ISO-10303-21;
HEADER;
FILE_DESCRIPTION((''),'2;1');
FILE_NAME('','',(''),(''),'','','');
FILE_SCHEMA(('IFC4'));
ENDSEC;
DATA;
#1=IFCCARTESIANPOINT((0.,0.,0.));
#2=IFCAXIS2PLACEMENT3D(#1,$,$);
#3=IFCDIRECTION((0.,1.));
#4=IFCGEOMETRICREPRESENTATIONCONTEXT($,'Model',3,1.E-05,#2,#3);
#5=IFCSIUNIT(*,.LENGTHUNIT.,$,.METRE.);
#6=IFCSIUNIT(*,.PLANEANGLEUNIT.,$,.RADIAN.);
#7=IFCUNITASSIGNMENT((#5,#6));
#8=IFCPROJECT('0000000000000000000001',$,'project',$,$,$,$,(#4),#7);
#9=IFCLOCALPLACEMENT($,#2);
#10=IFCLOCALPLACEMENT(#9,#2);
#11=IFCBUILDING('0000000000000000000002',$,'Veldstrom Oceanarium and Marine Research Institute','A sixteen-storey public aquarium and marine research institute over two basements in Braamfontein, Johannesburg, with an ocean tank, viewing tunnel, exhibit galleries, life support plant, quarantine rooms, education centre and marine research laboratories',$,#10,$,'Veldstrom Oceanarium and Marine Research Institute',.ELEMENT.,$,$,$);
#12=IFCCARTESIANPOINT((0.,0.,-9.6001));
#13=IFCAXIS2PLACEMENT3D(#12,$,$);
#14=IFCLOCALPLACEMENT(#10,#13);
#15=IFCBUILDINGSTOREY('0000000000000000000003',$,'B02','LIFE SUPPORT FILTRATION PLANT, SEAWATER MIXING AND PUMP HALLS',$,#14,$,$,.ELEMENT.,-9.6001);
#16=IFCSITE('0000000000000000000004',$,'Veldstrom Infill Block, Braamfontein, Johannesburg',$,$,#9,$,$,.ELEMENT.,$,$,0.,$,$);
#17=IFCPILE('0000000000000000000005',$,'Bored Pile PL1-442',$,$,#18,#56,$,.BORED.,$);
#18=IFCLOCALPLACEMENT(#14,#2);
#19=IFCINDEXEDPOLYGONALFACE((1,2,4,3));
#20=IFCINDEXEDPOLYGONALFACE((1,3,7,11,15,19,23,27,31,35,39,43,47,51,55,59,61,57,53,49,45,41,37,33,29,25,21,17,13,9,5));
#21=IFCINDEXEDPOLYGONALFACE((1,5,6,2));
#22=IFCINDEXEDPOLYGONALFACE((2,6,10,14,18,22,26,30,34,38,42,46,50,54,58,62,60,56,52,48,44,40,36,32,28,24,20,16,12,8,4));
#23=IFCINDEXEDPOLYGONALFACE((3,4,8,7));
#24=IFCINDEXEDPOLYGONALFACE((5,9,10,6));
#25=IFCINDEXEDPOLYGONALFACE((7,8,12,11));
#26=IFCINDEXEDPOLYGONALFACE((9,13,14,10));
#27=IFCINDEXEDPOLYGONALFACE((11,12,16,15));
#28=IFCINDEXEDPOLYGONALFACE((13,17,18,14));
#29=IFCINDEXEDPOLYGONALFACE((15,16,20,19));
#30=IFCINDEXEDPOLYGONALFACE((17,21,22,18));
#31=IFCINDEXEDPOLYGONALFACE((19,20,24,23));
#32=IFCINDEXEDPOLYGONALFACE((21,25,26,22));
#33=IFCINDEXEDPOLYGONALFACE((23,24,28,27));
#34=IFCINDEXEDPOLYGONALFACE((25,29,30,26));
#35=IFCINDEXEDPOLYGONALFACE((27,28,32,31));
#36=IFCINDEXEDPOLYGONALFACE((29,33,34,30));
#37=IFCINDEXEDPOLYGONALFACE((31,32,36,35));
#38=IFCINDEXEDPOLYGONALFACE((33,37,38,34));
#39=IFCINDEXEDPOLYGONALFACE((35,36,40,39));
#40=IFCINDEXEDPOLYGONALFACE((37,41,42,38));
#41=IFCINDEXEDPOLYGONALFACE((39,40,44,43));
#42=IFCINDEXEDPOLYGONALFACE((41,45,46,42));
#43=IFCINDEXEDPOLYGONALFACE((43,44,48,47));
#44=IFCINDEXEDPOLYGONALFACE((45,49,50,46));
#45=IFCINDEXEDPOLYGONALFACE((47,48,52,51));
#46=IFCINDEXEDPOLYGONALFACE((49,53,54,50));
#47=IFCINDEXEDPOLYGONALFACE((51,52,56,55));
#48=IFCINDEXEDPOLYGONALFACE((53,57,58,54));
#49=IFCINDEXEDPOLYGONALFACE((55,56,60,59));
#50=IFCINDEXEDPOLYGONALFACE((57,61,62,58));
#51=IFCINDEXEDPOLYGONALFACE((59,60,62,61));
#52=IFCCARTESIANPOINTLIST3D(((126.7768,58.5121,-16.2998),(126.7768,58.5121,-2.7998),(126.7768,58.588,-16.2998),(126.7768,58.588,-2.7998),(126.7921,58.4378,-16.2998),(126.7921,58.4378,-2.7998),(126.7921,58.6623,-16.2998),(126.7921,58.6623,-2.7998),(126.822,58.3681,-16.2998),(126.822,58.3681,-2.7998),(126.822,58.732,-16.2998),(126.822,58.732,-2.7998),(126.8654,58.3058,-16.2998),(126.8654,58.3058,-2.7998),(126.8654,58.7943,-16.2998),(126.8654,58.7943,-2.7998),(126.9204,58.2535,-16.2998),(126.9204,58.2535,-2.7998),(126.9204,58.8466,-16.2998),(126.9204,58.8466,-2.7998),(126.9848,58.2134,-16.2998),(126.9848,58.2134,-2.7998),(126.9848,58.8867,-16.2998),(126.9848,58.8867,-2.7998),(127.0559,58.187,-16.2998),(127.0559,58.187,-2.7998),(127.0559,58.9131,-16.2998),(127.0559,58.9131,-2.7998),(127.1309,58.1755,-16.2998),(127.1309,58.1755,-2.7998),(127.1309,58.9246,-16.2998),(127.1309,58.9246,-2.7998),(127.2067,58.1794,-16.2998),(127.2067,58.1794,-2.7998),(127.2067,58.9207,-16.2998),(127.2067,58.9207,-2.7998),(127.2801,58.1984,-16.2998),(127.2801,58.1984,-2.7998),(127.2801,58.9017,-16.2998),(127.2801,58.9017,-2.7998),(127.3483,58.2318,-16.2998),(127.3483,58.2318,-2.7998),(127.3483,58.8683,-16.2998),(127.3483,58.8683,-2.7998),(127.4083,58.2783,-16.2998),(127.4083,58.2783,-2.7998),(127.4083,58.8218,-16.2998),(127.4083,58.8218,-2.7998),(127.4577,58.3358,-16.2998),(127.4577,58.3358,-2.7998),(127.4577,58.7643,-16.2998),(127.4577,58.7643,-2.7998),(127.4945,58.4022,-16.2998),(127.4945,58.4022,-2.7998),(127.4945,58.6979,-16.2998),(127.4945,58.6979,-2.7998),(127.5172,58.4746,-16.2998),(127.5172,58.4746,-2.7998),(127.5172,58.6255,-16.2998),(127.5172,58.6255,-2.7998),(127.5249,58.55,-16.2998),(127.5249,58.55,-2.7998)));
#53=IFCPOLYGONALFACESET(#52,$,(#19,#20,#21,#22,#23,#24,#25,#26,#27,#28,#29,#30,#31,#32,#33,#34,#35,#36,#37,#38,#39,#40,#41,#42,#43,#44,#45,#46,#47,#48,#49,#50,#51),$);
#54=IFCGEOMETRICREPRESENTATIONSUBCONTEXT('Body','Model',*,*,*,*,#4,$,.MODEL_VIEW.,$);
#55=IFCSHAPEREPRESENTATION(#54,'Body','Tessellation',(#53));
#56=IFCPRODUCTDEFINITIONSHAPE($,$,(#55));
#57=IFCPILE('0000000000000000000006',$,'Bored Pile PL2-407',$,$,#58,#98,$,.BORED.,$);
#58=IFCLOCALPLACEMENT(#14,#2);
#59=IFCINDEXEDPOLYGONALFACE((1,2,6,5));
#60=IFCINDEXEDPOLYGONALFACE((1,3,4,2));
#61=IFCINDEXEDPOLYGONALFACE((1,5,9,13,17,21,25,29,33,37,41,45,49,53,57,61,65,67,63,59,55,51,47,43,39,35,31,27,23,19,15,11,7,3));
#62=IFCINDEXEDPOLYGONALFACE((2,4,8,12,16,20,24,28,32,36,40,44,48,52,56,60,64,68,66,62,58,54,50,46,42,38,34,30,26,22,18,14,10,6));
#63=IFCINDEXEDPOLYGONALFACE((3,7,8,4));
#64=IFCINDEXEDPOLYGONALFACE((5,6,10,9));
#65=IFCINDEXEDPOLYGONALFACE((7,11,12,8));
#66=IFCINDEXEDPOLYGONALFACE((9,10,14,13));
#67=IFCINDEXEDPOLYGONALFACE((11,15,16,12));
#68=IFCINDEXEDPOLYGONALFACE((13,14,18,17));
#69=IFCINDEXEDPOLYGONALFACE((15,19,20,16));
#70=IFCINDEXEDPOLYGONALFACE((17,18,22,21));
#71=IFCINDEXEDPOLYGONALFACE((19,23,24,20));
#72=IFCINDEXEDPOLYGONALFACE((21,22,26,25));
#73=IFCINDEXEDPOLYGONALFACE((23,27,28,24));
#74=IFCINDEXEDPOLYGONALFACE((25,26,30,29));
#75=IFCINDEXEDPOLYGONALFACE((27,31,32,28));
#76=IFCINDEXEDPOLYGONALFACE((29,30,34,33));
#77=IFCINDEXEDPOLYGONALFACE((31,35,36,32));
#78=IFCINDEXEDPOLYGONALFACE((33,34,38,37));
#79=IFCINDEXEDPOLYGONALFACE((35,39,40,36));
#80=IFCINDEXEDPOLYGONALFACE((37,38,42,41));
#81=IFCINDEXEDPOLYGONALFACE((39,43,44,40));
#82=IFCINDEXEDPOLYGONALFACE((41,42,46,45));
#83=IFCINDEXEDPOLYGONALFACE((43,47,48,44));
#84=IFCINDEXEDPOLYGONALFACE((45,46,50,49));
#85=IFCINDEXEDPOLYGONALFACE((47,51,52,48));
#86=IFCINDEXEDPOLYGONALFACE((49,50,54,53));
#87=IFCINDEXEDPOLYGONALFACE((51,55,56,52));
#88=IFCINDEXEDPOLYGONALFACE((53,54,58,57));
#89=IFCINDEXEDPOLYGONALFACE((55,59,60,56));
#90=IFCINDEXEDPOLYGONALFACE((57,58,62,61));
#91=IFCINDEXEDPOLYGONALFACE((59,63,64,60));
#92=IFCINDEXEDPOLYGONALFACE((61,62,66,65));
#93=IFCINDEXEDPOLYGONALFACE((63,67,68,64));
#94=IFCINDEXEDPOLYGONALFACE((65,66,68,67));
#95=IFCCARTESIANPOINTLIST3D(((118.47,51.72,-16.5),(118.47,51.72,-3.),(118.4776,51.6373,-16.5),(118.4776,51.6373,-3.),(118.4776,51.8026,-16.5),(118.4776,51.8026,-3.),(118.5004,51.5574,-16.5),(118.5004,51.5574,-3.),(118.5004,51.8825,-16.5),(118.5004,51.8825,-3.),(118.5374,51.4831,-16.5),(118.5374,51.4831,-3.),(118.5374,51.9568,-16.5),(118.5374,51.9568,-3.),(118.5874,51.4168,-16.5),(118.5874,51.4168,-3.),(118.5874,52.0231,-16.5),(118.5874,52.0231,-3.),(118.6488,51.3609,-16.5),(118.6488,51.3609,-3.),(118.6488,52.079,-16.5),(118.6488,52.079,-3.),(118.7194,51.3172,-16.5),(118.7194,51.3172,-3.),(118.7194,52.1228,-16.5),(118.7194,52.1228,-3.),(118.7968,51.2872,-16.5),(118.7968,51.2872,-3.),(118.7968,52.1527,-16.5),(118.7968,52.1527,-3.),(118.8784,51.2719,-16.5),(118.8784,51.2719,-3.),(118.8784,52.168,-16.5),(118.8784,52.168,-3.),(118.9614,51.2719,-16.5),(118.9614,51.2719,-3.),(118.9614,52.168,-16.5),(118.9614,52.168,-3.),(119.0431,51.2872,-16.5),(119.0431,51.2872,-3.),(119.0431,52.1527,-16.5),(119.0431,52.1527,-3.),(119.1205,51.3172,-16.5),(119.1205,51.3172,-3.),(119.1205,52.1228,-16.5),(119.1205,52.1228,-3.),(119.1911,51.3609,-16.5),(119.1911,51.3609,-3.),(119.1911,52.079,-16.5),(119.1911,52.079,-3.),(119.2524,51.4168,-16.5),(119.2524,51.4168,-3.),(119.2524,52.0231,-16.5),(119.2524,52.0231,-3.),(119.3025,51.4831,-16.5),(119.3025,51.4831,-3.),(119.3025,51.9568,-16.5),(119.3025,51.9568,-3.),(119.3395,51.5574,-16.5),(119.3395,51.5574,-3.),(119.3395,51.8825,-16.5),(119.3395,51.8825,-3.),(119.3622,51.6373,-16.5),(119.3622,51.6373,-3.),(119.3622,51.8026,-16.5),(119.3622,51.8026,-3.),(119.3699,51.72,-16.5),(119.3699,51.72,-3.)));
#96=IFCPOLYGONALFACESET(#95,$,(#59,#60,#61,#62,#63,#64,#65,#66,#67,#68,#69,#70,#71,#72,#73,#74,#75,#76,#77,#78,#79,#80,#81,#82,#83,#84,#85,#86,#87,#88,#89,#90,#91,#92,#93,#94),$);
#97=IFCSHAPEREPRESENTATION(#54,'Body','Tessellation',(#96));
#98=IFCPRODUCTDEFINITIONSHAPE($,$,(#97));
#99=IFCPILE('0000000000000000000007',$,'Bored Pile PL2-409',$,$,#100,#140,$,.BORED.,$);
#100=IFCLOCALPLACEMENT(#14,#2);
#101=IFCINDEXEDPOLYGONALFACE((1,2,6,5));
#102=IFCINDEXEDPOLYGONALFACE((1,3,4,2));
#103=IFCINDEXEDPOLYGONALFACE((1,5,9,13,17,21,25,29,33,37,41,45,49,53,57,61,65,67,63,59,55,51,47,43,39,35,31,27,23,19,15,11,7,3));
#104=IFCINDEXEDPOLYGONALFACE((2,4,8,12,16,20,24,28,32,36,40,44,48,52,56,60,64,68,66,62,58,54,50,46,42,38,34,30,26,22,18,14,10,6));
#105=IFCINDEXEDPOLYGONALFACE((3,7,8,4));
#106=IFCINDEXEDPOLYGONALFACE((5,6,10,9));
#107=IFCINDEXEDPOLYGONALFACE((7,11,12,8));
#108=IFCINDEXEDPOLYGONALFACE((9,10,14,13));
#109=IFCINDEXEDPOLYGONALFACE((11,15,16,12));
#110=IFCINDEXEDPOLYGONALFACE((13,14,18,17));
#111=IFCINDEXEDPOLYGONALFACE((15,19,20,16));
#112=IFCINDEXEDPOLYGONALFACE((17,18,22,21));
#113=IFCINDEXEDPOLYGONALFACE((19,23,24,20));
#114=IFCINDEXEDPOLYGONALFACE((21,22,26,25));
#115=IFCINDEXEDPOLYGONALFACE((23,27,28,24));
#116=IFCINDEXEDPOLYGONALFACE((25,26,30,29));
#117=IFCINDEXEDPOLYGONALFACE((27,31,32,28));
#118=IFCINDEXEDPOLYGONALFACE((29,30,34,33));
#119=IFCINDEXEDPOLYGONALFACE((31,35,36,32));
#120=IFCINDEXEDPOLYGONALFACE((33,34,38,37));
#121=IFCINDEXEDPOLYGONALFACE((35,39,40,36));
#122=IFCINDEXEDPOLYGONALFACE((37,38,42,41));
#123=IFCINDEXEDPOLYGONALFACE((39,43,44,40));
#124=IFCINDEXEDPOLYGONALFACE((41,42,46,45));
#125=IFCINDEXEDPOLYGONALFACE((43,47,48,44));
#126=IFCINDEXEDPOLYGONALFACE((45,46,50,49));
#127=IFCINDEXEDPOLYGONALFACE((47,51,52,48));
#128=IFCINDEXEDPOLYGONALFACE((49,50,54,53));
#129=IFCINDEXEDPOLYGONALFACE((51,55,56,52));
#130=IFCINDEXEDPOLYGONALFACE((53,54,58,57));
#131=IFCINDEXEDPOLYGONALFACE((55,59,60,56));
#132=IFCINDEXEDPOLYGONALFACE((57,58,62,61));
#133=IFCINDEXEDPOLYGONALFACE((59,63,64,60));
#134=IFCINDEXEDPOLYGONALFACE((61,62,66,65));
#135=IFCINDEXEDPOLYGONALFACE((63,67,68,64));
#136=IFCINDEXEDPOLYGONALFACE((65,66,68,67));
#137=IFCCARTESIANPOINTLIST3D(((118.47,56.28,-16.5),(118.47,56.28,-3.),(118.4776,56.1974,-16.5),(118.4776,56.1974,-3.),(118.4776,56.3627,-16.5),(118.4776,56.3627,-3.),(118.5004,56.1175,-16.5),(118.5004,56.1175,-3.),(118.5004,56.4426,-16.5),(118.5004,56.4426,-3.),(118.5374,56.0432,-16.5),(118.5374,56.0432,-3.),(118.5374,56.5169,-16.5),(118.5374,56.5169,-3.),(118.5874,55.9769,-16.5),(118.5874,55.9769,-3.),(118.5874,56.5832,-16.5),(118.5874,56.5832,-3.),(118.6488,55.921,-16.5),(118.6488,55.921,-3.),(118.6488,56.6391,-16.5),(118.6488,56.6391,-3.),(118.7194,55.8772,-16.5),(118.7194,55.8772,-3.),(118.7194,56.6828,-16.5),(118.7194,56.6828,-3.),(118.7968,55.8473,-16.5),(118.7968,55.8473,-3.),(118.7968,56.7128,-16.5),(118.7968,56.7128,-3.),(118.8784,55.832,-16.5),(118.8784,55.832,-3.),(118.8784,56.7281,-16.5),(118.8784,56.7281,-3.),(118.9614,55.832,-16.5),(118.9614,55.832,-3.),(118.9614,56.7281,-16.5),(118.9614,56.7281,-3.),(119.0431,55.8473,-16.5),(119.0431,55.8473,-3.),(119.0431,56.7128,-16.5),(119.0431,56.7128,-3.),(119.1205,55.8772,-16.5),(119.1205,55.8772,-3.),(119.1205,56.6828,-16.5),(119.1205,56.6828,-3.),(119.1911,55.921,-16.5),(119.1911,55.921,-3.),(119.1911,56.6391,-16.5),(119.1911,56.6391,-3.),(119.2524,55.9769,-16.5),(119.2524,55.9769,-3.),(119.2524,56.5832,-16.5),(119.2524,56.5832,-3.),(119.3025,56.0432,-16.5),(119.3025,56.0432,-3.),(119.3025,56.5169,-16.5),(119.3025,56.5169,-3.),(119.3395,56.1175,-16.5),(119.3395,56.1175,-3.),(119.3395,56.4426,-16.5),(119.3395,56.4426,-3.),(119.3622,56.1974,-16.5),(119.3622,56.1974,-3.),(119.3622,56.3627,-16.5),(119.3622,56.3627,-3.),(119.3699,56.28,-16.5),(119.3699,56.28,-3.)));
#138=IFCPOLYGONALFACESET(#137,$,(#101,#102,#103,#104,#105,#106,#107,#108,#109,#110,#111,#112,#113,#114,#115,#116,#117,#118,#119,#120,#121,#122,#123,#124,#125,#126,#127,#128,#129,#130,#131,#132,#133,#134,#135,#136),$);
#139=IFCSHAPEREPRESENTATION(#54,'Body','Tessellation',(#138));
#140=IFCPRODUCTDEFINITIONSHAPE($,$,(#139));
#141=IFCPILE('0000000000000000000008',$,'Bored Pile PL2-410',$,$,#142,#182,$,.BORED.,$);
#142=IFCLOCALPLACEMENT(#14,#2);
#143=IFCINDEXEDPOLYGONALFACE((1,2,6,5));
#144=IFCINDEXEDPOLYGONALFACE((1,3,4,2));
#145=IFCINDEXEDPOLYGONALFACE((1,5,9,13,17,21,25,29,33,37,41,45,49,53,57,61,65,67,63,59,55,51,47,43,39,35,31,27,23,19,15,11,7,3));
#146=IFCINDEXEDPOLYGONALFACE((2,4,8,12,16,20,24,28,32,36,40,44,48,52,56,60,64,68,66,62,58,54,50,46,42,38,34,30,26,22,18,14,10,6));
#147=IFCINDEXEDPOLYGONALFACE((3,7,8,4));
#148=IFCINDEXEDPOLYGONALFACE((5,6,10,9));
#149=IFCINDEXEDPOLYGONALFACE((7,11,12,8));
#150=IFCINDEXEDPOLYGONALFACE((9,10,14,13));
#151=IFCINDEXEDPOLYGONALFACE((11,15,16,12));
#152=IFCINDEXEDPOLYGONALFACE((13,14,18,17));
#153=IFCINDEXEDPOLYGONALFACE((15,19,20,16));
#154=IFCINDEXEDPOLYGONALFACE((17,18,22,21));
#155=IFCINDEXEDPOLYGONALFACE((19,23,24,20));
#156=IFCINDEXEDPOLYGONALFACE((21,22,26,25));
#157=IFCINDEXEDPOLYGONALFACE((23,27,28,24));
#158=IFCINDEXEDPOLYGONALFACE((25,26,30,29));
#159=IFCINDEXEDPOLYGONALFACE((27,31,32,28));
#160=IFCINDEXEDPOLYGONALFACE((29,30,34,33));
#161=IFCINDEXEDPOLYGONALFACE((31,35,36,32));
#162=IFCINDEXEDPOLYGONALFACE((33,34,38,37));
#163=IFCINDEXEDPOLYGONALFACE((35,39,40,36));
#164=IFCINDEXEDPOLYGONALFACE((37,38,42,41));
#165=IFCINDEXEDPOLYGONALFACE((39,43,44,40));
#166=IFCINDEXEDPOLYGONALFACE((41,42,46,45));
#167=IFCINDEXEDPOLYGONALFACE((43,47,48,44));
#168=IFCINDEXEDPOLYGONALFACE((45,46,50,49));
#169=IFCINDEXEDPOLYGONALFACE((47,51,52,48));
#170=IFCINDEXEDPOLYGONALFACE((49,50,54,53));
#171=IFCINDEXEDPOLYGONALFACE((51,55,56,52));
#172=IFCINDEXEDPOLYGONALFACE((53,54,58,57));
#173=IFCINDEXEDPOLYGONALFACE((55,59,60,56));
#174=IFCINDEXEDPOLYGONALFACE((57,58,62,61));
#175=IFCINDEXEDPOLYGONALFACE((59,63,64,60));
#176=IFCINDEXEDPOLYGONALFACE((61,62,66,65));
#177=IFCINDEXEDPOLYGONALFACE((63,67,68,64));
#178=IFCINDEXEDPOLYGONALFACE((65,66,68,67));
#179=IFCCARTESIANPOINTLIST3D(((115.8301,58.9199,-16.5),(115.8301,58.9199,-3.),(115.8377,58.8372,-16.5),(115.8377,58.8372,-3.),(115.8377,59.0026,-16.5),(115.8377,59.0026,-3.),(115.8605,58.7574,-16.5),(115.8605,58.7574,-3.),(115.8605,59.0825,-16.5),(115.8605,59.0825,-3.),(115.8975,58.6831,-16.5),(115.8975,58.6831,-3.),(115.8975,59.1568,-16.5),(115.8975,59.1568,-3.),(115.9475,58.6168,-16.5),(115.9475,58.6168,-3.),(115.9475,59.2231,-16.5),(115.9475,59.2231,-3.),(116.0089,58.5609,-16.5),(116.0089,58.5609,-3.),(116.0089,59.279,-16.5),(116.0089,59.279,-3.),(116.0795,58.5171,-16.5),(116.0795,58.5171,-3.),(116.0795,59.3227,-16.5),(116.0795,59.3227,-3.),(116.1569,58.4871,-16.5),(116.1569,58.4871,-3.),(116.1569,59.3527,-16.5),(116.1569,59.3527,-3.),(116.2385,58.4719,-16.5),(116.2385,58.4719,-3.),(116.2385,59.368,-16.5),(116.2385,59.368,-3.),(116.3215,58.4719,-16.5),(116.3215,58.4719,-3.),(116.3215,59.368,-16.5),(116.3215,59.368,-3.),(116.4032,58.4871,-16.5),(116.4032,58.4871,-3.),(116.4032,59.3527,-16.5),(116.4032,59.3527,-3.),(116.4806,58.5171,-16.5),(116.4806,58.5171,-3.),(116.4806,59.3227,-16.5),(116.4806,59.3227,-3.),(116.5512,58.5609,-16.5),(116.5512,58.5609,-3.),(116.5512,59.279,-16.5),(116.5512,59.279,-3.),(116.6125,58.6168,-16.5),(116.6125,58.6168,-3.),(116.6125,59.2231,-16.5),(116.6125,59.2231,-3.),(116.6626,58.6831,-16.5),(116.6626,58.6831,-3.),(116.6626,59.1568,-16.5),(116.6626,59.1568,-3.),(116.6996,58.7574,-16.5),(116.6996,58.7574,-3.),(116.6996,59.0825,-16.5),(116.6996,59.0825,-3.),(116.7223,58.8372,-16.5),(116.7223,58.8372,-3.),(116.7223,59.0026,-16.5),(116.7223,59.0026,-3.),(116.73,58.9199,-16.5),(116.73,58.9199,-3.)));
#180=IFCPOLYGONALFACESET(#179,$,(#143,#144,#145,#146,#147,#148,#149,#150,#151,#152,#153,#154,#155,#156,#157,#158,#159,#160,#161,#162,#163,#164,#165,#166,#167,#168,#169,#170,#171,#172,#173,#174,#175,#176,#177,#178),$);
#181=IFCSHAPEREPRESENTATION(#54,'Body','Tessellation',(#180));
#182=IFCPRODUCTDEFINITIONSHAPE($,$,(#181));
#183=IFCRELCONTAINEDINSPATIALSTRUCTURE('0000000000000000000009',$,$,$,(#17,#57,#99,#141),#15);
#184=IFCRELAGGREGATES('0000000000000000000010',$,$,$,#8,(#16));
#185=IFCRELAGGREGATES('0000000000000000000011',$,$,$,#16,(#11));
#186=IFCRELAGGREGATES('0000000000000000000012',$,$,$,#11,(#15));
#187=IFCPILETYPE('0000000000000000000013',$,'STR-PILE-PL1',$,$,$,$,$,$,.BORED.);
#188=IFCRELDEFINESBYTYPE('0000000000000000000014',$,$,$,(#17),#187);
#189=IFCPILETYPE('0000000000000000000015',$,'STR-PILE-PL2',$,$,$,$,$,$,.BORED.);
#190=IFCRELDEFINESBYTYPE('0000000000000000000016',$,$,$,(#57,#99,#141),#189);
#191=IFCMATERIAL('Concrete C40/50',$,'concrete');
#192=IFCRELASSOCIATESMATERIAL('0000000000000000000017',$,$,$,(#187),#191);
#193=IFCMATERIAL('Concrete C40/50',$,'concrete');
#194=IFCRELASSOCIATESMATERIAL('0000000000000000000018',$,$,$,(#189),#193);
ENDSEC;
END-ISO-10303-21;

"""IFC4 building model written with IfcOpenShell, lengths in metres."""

from ifc_helpers import new_model, si_unit, direction, frame, origin, origin_2d, place, context, subcontext, project, spatial, circle, extrude, material, material_profile, profile_set, type_object, element, save


model = new_model("IFC4")

# Units and contexts
model_context = context("Model", 3, precision=1e-05, world=origin(), true_north=direction((0.0, 1.0)))
body_context = subcontext(model_context, "Body", "Model", "MODEL_VIEW")
ifc_project = project(units=[si_unit("LENGTHUNIT", "METRE"), si_unit("PLANEANGLEUNIT", "RADIAN")], contexts=[model_context])

# Site, building, storey
site_placement = place(None, origin())
site = spatial("IfcSite", under=ifc_project, at=site_placement, Name="Veldstrom Infill Block, Braamfontein, Johannesburg", CompositionType="ELEMENT", RefElevation=0.0)
building_placement = place(site_placement, origin())
building = spatial("IfcBuilding", under=site, at=building_placement, Name="Veldstrom Oceanarium and Marine Research Institute", Description="A sixteen-storey public aquarium and marine research institute over two basements in Braamfontein, Johannesburg, with an ocean tank, viewing tunnel, exhibit galleries, life support plant, quarantine rooms, education centre and marine research laboratories", LongName="Veldstrom Oceanarium and Marine Research Institute", CompositionType="ELEMENT")
storey_placement = place(building_placement, frame((0.0, 0.0, -9.6001)))
storey = spatial("IfcBuildingStorey", under=building, at=storey_placement, Name="B02", Description="LIFE SUPPORT FILTRATION PLANT, SEAWATER MIXING AND PUMP HALLS", CompositionType="ELEMENT", Elevation=-9.6001)

# Piles
ifc_material_1 = material(Name="Concrete C40/50", Category="concrete")
ifc_material_profile_1 = material_profile(ifc_material_1, circle(Radius=0.375, at=origin_2d()), Name="PILE-D750")
ifc_profile_set_1 = profile_set([ifc_material_profile_1], Name="Concrete C40/50")
pile_type_1 = type_object("IfcPileType", Name="STR-PILE-PL1", PredefinedType="BORED", material=ifc_profile_set_1)
for number, where, z_axis, x_axis, name in (
    (1, (127.1499, 58.55, -2.7998), (0.0, 0.0, -1.0), (1.0, 0.0, 0.0), "Bored Pile PL1-442"),
):
    element("IfcPile", number, at=place(storey_placement, frame(where, z_axis=z_axis, x_axis=x_axis)), inside=storey, type_object=pile_type_1, Name=name, PredefinedType="BORED", context=body_context, shape_type="SweptSolid", body=[
        extrude(circle(Radius=0.375, at=origin_2d()), origin(), (0.0, 0.0, 1.0), 13.5),
    ])
ifc_material_2 = material(Name="Concrete C40/50", Category="concrete")
ifc_material_profile_2 = material_profile(ifc_material_2, circle(Radius=0.45, at=origin_2d()), Name="PILE-D900")
ifc_profile_set_2 = profile_set([ifc_material_profile_2], Name="Concrete C40/50")
pile_type_2 = type_object("IfcPileType", Name="STR-PILE-PL2", PredefinedType="BORED", material=ifc_profile_set_2)
for number, where, z_axis, x_axis, name in (
    (2, (118.9199, 51.72, -3.0), (0.0, 0.0, -1.0), (1.0, 0.0, 0.0), "Bored Pile PL2-407"),
    (3, (118.9199, 56.28, -3.0), (0.0, 0.0, -1.0), (1.0, 0.0, 0.0), "Bored Pile PL2-409"),
    (4, (116.28, 58.9199, -3.0), (0.0, 0.0, -1.0), (1.0, 0.0, 0.0), "Bored Pile PL2-410"),
):
    element("IfcPile", number, at=place(storey_placement, frame(where, z_axis=z_axis, x_axis=x_axis)), inside=storey, type_object=pile_type_2, Name=name, PredefinedType="BORED", context=body_context, shape_type="SweptSolid", body=[
        extrude(circle(Radius=0.45, at=origin_2d()), origin(), (0.0, 0.0, 1.0), 13.5),
    ])

save(model, "model.ifc")
